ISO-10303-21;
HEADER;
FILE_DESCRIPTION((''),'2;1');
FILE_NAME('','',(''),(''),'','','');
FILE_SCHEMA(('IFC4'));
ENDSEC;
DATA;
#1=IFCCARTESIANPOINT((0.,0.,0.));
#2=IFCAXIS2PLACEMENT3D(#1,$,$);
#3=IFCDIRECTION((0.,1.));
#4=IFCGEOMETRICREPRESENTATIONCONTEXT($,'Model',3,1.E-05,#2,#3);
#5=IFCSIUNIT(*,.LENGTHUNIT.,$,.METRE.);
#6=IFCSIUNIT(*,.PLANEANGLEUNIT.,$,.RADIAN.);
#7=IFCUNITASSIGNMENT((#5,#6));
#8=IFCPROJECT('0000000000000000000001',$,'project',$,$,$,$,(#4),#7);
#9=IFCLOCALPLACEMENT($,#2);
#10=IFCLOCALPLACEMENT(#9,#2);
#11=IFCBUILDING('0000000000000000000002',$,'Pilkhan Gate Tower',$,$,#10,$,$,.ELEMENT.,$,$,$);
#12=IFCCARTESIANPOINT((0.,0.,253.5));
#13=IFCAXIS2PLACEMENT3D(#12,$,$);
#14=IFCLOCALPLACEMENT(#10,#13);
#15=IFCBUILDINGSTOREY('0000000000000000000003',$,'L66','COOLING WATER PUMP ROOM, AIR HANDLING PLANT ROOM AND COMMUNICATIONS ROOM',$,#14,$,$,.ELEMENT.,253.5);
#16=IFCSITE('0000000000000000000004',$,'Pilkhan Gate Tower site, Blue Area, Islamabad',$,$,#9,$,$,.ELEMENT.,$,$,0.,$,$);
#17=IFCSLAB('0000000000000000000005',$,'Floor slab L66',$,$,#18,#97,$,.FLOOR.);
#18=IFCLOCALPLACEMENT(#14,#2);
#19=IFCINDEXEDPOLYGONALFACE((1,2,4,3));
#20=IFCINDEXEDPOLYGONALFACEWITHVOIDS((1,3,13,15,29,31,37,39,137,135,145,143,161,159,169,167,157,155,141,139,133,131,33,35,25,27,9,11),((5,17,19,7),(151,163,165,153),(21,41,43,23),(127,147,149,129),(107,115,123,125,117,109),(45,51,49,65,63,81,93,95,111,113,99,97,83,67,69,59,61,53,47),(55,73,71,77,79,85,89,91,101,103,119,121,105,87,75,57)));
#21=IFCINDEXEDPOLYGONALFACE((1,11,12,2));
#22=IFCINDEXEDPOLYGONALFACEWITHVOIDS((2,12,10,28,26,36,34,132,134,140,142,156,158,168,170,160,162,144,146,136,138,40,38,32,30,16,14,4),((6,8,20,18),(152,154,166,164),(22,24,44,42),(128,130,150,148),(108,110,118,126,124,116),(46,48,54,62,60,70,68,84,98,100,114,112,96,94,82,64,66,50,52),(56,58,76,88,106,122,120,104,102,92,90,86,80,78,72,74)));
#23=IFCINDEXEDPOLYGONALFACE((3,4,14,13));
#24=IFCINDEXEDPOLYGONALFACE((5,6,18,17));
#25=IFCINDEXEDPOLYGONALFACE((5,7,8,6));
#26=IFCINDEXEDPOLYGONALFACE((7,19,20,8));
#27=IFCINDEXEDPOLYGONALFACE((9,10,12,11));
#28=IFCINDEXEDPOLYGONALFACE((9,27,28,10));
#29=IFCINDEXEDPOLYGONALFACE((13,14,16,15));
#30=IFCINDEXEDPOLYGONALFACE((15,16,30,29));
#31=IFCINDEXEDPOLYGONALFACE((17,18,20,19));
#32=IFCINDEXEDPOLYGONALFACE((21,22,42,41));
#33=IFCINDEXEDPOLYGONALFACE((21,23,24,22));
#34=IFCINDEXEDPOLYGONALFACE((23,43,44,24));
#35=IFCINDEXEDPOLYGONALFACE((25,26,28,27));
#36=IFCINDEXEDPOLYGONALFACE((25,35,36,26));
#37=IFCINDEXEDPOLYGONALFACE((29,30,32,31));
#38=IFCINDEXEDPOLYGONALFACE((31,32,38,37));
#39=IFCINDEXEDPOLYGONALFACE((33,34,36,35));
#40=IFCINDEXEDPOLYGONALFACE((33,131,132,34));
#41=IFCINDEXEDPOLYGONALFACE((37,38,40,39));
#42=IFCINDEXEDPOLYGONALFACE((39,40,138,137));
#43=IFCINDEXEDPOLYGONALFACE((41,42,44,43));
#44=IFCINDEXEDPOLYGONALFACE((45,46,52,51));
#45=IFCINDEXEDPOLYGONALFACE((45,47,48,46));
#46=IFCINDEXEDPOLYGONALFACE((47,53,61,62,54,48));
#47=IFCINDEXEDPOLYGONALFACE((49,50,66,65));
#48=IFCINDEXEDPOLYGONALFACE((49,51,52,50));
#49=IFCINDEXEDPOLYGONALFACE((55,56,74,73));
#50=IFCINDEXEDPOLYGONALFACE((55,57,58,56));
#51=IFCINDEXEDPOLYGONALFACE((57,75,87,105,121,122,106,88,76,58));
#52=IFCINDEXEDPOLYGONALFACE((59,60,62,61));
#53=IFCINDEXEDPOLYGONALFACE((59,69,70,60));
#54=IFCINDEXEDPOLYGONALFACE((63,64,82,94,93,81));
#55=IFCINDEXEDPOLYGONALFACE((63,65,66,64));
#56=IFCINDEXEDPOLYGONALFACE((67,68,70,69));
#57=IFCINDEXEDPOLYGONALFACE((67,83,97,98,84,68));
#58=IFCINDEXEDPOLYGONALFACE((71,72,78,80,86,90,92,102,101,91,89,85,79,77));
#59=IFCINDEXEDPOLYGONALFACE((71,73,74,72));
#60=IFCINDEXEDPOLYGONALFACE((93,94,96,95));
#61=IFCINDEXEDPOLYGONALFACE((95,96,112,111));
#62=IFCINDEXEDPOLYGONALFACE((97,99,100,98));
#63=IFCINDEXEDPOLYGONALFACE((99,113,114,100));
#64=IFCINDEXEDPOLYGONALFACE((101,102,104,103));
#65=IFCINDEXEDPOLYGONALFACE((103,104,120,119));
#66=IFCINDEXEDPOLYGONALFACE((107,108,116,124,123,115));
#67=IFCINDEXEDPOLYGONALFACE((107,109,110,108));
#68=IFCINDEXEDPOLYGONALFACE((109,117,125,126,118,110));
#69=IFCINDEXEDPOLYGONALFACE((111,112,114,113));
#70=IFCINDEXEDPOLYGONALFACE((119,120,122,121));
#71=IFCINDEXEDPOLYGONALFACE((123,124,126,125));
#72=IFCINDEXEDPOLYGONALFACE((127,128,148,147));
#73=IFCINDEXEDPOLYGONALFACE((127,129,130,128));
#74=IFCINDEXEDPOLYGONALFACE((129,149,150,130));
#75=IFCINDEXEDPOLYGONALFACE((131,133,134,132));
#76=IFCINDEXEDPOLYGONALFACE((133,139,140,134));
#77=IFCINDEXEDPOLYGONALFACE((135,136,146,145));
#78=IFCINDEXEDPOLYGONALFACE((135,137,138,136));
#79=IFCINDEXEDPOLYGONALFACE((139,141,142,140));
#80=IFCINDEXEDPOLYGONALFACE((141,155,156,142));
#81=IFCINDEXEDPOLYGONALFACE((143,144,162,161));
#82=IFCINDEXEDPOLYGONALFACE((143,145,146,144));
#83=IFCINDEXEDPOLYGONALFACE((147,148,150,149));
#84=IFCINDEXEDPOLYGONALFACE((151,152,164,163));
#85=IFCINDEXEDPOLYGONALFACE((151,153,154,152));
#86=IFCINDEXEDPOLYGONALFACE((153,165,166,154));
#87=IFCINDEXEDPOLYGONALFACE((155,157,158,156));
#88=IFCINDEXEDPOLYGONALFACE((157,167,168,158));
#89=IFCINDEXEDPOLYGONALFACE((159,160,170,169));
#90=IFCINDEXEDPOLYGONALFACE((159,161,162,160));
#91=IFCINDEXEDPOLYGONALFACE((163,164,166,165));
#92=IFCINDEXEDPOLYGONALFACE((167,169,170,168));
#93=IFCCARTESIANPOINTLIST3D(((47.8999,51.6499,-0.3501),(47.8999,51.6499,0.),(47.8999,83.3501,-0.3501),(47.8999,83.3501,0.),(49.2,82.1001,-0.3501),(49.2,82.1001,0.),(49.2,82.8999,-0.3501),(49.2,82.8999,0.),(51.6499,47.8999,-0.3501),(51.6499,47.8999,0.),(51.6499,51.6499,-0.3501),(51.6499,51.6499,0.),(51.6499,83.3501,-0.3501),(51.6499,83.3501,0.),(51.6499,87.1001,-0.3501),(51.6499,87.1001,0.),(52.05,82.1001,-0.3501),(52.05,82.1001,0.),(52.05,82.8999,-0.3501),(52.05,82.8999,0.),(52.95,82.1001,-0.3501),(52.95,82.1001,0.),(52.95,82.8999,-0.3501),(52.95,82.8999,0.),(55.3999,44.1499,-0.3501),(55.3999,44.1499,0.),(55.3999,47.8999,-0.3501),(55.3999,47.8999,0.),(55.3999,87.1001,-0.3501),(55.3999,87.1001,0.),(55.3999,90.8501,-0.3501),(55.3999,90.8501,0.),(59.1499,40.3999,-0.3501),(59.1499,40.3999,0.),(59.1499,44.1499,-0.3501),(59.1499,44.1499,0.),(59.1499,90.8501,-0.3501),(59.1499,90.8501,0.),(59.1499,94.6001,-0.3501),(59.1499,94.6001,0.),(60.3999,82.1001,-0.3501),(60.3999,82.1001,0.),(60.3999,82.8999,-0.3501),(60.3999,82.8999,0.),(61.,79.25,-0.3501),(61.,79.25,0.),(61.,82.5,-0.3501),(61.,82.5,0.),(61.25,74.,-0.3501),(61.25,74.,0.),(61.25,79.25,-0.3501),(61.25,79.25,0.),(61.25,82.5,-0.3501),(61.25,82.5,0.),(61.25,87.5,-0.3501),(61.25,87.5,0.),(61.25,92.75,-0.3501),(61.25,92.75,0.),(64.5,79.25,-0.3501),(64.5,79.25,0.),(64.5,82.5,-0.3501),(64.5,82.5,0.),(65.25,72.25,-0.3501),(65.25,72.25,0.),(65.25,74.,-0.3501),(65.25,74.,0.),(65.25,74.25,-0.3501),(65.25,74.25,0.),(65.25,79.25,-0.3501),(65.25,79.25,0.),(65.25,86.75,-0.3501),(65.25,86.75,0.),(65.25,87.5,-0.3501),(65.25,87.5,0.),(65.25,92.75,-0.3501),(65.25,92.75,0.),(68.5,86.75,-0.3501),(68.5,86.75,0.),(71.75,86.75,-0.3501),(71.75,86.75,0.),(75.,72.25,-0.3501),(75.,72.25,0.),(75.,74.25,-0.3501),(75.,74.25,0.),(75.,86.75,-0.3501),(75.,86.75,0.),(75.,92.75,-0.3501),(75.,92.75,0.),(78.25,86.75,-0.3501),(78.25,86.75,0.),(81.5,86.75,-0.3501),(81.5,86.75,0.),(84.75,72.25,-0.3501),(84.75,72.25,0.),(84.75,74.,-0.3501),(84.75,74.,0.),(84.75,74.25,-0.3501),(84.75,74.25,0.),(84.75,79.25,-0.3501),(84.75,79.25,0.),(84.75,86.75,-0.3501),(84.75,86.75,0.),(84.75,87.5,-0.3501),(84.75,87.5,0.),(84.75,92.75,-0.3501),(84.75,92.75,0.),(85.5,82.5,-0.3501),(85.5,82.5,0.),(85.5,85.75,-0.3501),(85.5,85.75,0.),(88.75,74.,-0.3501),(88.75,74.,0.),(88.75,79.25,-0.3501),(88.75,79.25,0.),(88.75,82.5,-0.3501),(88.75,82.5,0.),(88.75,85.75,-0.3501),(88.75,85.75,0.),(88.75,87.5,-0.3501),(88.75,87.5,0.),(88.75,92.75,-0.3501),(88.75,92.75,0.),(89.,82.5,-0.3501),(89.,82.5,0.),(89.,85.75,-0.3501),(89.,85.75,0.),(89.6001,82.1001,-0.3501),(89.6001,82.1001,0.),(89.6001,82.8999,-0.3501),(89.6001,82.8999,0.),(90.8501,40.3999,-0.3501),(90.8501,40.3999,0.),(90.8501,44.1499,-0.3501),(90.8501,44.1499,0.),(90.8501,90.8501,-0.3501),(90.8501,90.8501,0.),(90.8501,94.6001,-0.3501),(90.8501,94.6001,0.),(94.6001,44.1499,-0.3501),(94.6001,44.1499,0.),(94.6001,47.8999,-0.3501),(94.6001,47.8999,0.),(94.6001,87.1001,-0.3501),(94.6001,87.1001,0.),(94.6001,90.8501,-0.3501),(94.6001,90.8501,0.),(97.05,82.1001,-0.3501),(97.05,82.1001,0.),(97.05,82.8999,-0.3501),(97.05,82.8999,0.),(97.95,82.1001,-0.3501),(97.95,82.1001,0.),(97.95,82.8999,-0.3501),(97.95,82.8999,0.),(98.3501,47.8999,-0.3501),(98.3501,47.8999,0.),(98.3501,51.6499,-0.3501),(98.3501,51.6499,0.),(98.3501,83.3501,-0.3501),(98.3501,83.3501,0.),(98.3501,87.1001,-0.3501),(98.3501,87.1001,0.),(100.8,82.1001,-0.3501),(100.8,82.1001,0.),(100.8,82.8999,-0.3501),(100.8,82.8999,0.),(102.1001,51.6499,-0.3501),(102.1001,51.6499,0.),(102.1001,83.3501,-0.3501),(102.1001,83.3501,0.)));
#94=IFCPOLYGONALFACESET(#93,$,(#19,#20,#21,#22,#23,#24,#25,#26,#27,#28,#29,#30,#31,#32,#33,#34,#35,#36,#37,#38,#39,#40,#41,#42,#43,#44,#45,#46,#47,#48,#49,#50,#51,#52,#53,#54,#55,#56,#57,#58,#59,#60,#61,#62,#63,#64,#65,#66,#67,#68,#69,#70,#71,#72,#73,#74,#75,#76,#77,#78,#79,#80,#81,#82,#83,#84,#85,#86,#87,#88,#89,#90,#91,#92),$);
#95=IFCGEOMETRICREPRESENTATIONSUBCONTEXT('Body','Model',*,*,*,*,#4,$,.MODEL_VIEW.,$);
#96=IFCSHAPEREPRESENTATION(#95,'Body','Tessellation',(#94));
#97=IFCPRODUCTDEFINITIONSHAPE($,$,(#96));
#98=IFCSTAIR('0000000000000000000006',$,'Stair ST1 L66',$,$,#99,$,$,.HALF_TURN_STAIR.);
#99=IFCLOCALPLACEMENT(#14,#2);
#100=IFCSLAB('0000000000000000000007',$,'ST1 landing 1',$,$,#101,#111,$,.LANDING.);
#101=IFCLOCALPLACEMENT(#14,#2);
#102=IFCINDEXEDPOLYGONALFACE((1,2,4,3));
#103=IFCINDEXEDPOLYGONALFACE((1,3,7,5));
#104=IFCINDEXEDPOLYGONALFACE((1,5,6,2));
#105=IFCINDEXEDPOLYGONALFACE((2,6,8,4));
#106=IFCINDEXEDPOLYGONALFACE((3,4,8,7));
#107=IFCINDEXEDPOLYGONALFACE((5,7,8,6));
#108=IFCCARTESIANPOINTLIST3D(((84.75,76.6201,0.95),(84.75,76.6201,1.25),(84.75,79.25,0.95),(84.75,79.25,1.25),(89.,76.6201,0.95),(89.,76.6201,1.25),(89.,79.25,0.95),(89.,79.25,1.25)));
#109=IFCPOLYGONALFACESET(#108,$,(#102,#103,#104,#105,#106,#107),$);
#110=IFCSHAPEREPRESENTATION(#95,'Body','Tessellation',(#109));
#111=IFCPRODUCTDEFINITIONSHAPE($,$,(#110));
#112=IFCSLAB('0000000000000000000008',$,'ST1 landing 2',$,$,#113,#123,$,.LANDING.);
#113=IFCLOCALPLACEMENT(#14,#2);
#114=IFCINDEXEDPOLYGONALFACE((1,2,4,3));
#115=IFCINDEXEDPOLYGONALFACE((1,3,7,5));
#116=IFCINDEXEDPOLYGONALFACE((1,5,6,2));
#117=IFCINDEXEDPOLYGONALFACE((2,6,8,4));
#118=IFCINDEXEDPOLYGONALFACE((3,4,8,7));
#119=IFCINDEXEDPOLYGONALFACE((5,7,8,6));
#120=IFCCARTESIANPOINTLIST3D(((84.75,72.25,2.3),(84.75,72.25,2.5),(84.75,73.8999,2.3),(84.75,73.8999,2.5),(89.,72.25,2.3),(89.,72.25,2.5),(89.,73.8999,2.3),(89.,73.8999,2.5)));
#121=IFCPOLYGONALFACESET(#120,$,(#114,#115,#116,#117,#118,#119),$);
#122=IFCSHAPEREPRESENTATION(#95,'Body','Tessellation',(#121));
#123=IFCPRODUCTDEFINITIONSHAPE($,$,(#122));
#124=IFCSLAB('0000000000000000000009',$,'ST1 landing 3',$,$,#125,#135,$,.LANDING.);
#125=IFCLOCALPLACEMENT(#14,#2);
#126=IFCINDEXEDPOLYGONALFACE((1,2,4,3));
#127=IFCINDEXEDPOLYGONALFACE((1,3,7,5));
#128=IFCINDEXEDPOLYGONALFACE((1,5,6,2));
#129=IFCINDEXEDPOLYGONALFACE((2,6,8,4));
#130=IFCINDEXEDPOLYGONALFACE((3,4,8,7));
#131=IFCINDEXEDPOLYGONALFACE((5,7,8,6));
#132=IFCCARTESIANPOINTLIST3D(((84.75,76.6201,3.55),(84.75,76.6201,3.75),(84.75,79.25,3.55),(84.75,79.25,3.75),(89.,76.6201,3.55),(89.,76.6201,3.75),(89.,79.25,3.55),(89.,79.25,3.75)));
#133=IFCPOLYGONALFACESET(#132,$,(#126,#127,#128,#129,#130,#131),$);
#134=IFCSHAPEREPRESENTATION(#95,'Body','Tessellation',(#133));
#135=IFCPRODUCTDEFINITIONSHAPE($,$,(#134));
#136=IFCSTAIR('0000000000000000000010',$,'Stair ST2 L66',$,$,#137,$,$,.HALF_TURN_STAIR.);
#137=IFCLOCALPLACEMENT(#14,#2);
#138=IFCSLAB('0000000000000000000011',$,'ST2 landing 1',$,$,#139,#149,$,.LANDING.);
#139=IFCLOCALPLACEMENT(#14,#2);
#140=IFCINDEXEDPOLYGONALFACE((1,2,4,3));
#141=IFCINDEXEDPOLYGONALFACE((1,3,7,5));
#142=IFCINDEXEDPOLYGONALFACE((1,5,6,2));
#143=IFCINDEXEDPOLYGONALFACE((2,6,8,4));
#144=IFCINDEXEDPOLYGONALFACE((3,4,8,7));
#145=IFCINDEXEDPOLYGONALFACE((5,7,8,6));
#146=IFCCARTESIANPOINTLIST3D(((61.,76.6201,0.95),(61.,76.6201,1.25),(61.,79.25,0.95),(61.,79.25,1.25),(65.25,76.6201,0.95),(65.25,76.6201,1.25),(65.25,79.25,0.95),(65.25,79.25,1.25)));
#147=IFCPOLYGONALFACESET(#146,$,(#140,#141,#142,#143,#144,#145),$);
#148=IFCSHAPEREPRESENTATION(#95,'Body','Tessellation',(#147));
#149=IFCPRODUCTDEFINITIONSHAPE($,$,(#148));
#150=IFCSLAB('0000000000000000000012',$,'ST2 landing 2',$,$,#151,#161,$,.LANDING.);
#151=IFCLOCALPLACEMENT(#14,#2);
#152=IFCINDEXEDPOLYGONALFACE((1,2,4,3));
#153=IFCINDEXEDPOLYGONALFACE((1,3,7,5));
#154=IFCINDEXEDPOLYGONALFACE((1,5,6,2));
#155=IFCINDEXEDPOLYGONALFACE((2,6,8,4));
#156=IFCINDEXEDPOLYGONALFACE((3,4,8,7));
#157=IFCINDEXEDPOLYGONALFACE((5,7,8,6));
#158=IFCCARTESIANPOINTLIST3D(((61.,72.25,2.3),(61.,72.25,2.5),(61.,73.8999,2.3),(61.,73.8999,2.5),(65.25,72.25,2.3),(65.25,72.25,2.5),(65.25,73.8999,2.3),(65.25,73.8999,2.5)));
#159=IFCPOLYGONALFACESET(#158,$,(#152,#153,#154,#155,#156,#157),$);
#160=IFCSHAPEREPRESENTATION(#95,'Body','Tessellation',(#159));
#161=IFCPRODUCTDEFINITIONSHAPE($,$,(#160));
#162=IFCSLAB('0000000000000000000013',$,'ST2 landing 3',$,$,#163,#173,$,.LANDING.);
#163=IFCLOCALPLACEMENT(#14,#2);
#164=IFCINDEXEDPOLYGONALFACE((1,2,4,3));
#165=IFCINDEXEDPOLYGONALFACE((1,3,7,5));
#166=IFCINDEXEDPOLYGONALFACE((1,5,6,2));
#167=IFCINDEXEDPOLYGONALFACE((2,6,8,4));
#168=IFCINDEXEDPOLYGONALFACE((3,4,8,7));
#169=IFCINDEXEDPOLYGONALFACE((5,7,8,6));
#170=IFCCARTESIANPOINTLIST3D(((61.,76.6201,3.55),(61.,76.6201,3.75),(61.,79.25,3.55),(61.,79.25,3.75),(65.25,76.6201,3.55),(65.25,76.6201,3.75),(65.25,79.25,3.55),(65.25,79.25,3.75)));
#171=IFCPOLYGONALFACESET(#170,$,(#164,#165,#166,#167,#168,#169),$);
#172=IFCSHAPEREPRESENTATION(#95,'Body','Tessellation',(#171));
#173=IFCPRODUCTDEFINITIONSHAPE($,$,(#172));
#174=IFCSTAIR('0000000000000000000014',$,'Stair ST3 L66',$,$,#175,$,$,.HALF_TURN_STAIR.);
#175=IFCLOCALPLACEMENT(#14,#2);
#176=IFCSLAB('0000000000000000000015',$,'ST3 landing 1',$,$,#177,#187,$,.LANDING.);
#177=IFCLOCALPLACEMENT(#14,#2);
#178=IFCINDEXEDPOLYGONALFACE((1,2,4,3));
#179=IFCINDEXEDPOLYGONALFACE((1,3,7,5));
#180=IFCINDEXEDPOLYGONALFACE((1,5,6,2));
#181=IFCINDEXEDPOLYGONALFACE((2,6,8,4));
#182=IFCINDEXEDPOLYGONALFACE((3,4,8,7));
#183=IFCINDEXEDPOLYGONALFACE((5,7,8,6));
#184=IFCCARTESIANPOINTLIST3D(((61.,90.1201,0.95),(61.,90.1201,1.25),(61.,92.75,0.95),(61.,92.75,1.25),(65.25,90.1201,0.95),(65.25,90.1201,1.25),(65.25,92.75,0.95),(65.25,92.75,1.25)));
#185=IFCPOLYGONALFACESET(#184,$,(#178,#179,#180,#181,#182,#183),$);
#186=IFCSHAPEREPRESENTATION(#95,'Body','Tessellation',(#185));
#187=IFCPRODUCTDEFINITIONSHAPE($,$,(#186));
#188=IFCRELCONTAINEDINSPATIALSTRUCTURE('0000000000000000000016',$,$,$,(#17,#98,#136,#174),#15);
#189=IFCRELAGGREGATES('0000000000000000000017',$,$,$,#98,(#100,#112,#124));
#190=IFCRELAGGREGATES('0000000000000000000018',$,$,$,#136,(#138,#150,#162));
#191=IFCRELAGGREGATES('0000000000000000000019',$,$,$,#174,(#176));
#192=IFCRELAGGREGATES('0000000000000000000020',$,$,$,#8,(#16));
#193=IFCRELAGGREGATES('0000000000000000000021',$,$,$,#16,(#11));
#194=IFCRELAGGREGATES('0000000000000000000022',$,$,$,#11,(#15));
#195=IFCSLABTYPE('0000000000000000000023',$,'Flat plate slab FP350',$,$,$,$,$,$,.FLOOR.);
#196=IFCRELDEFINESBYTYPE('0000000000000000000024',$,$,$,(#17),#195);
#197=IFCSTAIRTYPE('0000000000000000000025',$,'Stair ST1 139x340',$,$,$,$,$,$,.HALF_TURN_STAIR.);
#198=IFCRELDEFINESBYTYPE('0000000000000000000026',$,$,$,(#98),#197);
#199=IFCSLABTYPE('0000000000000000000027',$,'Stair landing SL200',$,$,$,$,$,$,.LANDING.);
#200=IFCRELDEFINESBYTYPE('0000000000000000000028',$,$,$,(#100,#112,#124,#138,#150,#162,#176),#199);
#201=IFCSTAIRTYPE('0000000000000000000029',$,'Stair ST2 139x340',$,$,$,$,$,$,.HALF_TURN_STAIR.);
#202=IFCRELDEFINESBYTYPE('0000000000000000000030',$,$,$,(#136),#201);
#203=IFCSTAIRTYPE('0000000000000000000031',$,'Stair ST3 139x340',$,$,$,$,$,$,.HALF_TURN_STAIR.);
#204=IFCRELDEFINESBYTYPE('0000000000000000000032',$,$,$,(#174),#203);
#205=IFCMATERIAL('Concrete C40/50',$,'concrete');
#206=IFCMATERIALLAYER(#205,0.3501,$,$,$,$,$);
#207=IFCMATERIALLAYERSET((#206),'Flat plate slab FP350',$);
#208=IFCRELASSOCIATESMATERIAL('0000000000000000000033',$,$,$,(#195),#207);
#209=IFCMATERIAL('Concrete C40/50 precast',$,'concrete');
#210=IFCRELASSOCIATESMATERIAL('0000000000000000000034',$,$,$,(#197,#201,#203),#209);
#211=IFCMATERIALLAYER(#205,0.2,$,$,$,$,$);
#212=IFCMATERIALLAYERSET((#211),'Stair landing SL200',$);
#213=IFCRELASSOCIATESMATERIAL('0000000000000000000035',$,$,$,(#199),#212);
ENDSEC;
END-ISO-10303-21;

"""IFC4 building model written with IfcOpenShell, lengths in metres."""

from ifc_helpers import new_model, si_unit, direction, frame, origin, place, context, subcontext, project, spatial, polyline, outline, extrude, material, layer, layer_set, type_object, element, aggregate, save


model = new_model("IFC4")

# Units and contexts
model_context = context("Model", 3, precision=1e-05, world=origin(), true_north=direction((0.0, 1.0)))
body_context = subcontext(model_context, "Body", "Model", "MODEL_VIEW")
ifc_project = project(units=[si_unit("LENGTHUNIT", "METRE"), si_unit("PLANEANGLEUNIT", "RADIAN")], contexts=[model_context])

# Site, building, storey
site_placement = place(None, origin())
site = spatial("IfcSite", under=ifc_project, at=site_placement, Name="Pilkhan Gate Tower site, Blue Area, Islamabad", CompositionType="ELEMENT", RefElevation=0.0)
building_placement = place(site_placement, origin())
building = spatial("IfcBuilding", under=site, at=building_placement, Name="Pilkhan Gate Tower", CompositionType="ELEMENT")
storey_placement = place(building_placement, frame((0.0, 0.0, 253.5)))
storey = spatial("IfcBuildingStorey", under=building, at=storey_placement, Name="L66", Description="COOLING WATER PUMP ROOM, AIR HANDLING PLANT ROOM AND COMMUNICATIONS ROOM", CompositionType="ELEMENT", Elevation=253.5)

# Slab
ifc_material_1 = material(Name="Concrete C40/50", Category="concrete")
ifc_layer_1 = layer(ifc_material_1, 0.3501)
ifc_layer_set_1 = layer_set([ifc_layer_1], Name="Flat plate slab FP350")
slab_type_1 = type_object("IfcSlabType", Name="Flat plate slab FP350", PredefinedType="FLOOR", material=ifc_layer_set_1)
slab_1_placement = place(storey_placement, frame((0.0, 0.0, -0.3501)))
element("IfcSlab", 1, at=slab_1_placement, inside=storey, type_object=slab_type_1, Name="Floor slab L66", PredefinedType="FLOOR", context=body_context, shape_type="SweptSolid", body=[
    extrude(outline(polyline([(98.3501, 47.8999), (94.6001, 47.8999), (94.6001, 44.1499), (90.8501, 44.1499), (90.8501, 40.3999), (59.1499, 40.3999), (59.1499, 44.1499), (55.3999, 44.1499), (55.3999, 47.8999), (51.6499, 47.8999), (51.6499, 51.6499), (47.8999, 51.6499), (47.8999, 83.3501), (51.6499, 83.3501), (51.6499, 87.1001), (55.3999, 87.1001), (55.3999, 90.8501), (59.1499, 90.8501), (59.1499, 94.6001), (90.8501, 94.6001), (90.8501, 90.8501), (94.6001, 90.8501), (94.6001, 87.1001), (98.3501, 87.1001), (98.3501, 83.3501), (102.1001, 83.3501), (102.1001, 51.6499), (98.3501, 51.6499), (98.3501, 47.8999)]), holes=[polyline([(100.8, 82.8999), (97.95, 82.8999), (97.95, 82.1001), (100.8, 82.1001), (100.8, 82.8999)]), polyline([(89.6001, 82.8999), (89.6001, 82.1001), (97.05, 82.1001), (97.05, 82.8999), (89.6001, 82.8999)]), polyline([(65.25, 87.5), (65.25, 86.75), (68.5, 86.75), (71.75, 86.75), (75.0, 86.75), (78.25, 86.75), (81.5, 86.75), (84.75, 86.75), (84.75, 87.5), (88.75, 87.5), (88.75, 92.75), (84.75, 92.75), (75.0, 92.75), (65.25, 92.75), (61.25, 92.75), (61.25, 87.5), (65.25, 87.5)]), polyline([(75.0, 72.25), (84.75, 72.25), (84.75, 74.0), (88.75, 74.0), (88.75, 79.25), (84.75, 79.25), (84.75, 74.25), (75.0, 74.25), (65.25, 74.25), (65.25, 79.25), (64.5, 79.25), (64.5, 82.5), (61.25, 82.5), (61.0, 82.5), (61.0, 79.25), (61.25, 79.25), (61.25, 74.0), (65.25, 74.0), (65.25, 72.25), (75.0, 72.25)]), polyline([(85.5, 85.75), (85.5, 82.5), (88.75, 82.5), (89.0, 82.5), (89.0, 85.75), (88.75, 85.75), (85.5, 85.75)]), polyline([(60.3999, 82.8999), (52.95, 82.8999), (52.95, 82.1001), (60.3999, 82.1001), (60.3999, 82.8999)]), polyline([(52.05, 82.8999), (49.2, 82.8999), (49.2, 82.1001), (52.05, 82.1001), (52.05, 82.8999)])]), origin(), (0.0, 0.0, 1.0), 0.3501),
])

# Stairs, slabs
ifc_material_2 = material(Name="Concrete C40/50 precast", Category="concrete")
stair_type_1 = type_object("IfcStairType", Name="Stair ST1 139x340", PredefinedType="HALF_TURN_STAIR", material=ifc_material_2)
stair_1_placement = place(storey_placement, origin())
stair_1 = element("IfcStair", 2, at=stair_1_placement, inside=storey, type_object=stair_type_1, Name="Stair ST1 L66", PredefinedType="HALF_TURN_STAIR")
ifc_layer_2 = layer(ifc_material_1, 0.2)
ifc_layer_set_2 = layer_set([ifc_layer_2], Name="Stair landing SL200")
slab_type_2 = type_object("IfcSlabType", Name="Stair landing SL200", PredefinedType="LANDING", material=ifc_layer_set_2)
slab_2_placement = place(storey_placement, frame((0.0, 0.0, 0.95)))
slab_2 = element("IfcSlab", 3, at=slab_2_placement, type_object=slab_type_2, Name="ST1 landing 1", PredefinedType="LANDING", context=body_context, shape_type="SweptSolid", body=[
    extrude(outline(polyline([(89.0, 76.6201), (89.0, 79.25), (84.75, 79.25), (84.75, 76.6201), (89.0, 76.6201)])), origin(), (0.0, 0.0, 1.0), 0.3),
])
slab_3_placement = place(storey_placement, frame((0.0, 0.0, 2.3)))
slab_3 = element("IfcSlab", 4, at=slab_3_placement, type_object=slab_type_2, Name="ST1 landing 2", PredefinedType="LANDING", context=body_context, shape_type="SweptSolid", body=[
    extrude(outline(polyline([(89.0, 72.25), (89.0, 73.8999), (84.75, 73.8999), (84.75, 72.25), (89.0, 72.25)])), origin(), (0.0, 0.0, 1.0), 0.2),
])
slab_4_placement = place(storey_placement, frame((0.0, 0.0, 3.55)))
slab_4 = element("IfcSlab", 5, at=slab_4_placement, type_object=slab_type_2, Name="ST1 landing 3", PredefinedType="LANDING", context=body_context, shape_type="SweptSolid", body=[
    extrude(outline(polyline([(89.0, 76.6201), (89.0, 79.25), (84.75, 79.25), (84.75, 76.6201), (89.0, 76.6201)])), origin(), (0.0, 0.0, 1.0), 0.2),
])
aggregate(stair_1, [slab_2, slab_3, slab_4])
stair_type_2 = type_object("IfcStairType", Name="Stair ST2 139x340", PredefinedType="HALF_TURN_STAIR", material=ifc_material_2)
stair_2_placement = place(storey_placement, origin())
stair_2 = element("IfcStair", 6, at=stair_2_placement, inside=storey, type_object=stair_type_2, Name="Stair ST2 L66", PredefinedType="HALF_TURN_STAIR")
slab_5_placement = place(storey_placement, frame((0.0, 0.0, 0.95)))
slab_5 = element("IfcSlab", 7, at=slab_5_placement, type_object=slab_type_2, Name="ST2 landing 1", PredefinedType="LANDING", context=body_context, shape_type="SweptSolid", body=[
    extrude(outline(polyline([(65.25, 76.6201), (65.25, 79.25), (61.0, 79.25), (61.0, 76.6201), (65.25, 76.6201)])), origin(), (0.0, 0.0, 1.0), 0.3),
])
slab_6_placement = place(storey_placement, frame((0.0, 0.0, 2.3)))
slab_6 = element("IfcSlab", 8, at=slab_6_placement, type_object=slab_type_2, Name="ST2 landing 2", PredefinedType="LANDING", context=body_context, shape_type="SweptSolid", body=[
    extrude(outline(polyline([(65.25, 72.25), (65.25, 73.8999), (61.0, 73.8999), (61.0, 72.25), (65.25, 72.25)])), origin(), (0.0, 0.0, 1.0), 0.2),
])
slab_7_placement = place(storey_placement, frame((0.0, 0.0, 3.55)))
slab_7 = element("IfcSlab", 9, at=slab_7_placement, type_object=slab_type_2, Name="ST2 landing 3", PredefinedType="LANDING", context=body_context, shape_type="SweptSolid", body=[
    extrude(outline(polyline([(65.25, 76.6201), (65.25, 79.25), (61.0, 79.25), (61.0, 76.6201), (65.25, 76.6201)])), origin(), (0.0, 0.0, 1.0), 0.2),
])
aggregate(stair_2, [slab_5, slab_6, slab_7])
stair_type_3 = type_object("IfcStairType", Name="Stair ST3 139x340", PredefinedType="HALF_TURN_STAIR", material=ifc_material_2)
stair_3_placement = place(storey_placement, origin())
stair_3 = element("IfcStair", 10, at=stair_3_placement, inside=storey, type_object=stair_type_3, Name="Stair ST3 L66", PredefinedType="HALF_TURN_STAIR")
slab_8_placement = place(storey_placement, frame((0.0, 0.0, 0.95)))
slab_8 = element("IfcSlab", 11, at=slab_8_placement, type_object=slab_type_2, Name="ST3 landing 1", PredefinedType="LANDING", context=body_context, shape_type="SweptSolid", body=[
    extrude(outline(polyline([(65.25, 90.1201), (65.25, 92.75), (61.0, 92.75), (61.0, 90.1201), (65.25, 90.1201)])), origin(), (0.0, 0.0, 1.0), 0.3),
])
aggregate(stair_3, [slab_8])

save(model, "model.ifc")
